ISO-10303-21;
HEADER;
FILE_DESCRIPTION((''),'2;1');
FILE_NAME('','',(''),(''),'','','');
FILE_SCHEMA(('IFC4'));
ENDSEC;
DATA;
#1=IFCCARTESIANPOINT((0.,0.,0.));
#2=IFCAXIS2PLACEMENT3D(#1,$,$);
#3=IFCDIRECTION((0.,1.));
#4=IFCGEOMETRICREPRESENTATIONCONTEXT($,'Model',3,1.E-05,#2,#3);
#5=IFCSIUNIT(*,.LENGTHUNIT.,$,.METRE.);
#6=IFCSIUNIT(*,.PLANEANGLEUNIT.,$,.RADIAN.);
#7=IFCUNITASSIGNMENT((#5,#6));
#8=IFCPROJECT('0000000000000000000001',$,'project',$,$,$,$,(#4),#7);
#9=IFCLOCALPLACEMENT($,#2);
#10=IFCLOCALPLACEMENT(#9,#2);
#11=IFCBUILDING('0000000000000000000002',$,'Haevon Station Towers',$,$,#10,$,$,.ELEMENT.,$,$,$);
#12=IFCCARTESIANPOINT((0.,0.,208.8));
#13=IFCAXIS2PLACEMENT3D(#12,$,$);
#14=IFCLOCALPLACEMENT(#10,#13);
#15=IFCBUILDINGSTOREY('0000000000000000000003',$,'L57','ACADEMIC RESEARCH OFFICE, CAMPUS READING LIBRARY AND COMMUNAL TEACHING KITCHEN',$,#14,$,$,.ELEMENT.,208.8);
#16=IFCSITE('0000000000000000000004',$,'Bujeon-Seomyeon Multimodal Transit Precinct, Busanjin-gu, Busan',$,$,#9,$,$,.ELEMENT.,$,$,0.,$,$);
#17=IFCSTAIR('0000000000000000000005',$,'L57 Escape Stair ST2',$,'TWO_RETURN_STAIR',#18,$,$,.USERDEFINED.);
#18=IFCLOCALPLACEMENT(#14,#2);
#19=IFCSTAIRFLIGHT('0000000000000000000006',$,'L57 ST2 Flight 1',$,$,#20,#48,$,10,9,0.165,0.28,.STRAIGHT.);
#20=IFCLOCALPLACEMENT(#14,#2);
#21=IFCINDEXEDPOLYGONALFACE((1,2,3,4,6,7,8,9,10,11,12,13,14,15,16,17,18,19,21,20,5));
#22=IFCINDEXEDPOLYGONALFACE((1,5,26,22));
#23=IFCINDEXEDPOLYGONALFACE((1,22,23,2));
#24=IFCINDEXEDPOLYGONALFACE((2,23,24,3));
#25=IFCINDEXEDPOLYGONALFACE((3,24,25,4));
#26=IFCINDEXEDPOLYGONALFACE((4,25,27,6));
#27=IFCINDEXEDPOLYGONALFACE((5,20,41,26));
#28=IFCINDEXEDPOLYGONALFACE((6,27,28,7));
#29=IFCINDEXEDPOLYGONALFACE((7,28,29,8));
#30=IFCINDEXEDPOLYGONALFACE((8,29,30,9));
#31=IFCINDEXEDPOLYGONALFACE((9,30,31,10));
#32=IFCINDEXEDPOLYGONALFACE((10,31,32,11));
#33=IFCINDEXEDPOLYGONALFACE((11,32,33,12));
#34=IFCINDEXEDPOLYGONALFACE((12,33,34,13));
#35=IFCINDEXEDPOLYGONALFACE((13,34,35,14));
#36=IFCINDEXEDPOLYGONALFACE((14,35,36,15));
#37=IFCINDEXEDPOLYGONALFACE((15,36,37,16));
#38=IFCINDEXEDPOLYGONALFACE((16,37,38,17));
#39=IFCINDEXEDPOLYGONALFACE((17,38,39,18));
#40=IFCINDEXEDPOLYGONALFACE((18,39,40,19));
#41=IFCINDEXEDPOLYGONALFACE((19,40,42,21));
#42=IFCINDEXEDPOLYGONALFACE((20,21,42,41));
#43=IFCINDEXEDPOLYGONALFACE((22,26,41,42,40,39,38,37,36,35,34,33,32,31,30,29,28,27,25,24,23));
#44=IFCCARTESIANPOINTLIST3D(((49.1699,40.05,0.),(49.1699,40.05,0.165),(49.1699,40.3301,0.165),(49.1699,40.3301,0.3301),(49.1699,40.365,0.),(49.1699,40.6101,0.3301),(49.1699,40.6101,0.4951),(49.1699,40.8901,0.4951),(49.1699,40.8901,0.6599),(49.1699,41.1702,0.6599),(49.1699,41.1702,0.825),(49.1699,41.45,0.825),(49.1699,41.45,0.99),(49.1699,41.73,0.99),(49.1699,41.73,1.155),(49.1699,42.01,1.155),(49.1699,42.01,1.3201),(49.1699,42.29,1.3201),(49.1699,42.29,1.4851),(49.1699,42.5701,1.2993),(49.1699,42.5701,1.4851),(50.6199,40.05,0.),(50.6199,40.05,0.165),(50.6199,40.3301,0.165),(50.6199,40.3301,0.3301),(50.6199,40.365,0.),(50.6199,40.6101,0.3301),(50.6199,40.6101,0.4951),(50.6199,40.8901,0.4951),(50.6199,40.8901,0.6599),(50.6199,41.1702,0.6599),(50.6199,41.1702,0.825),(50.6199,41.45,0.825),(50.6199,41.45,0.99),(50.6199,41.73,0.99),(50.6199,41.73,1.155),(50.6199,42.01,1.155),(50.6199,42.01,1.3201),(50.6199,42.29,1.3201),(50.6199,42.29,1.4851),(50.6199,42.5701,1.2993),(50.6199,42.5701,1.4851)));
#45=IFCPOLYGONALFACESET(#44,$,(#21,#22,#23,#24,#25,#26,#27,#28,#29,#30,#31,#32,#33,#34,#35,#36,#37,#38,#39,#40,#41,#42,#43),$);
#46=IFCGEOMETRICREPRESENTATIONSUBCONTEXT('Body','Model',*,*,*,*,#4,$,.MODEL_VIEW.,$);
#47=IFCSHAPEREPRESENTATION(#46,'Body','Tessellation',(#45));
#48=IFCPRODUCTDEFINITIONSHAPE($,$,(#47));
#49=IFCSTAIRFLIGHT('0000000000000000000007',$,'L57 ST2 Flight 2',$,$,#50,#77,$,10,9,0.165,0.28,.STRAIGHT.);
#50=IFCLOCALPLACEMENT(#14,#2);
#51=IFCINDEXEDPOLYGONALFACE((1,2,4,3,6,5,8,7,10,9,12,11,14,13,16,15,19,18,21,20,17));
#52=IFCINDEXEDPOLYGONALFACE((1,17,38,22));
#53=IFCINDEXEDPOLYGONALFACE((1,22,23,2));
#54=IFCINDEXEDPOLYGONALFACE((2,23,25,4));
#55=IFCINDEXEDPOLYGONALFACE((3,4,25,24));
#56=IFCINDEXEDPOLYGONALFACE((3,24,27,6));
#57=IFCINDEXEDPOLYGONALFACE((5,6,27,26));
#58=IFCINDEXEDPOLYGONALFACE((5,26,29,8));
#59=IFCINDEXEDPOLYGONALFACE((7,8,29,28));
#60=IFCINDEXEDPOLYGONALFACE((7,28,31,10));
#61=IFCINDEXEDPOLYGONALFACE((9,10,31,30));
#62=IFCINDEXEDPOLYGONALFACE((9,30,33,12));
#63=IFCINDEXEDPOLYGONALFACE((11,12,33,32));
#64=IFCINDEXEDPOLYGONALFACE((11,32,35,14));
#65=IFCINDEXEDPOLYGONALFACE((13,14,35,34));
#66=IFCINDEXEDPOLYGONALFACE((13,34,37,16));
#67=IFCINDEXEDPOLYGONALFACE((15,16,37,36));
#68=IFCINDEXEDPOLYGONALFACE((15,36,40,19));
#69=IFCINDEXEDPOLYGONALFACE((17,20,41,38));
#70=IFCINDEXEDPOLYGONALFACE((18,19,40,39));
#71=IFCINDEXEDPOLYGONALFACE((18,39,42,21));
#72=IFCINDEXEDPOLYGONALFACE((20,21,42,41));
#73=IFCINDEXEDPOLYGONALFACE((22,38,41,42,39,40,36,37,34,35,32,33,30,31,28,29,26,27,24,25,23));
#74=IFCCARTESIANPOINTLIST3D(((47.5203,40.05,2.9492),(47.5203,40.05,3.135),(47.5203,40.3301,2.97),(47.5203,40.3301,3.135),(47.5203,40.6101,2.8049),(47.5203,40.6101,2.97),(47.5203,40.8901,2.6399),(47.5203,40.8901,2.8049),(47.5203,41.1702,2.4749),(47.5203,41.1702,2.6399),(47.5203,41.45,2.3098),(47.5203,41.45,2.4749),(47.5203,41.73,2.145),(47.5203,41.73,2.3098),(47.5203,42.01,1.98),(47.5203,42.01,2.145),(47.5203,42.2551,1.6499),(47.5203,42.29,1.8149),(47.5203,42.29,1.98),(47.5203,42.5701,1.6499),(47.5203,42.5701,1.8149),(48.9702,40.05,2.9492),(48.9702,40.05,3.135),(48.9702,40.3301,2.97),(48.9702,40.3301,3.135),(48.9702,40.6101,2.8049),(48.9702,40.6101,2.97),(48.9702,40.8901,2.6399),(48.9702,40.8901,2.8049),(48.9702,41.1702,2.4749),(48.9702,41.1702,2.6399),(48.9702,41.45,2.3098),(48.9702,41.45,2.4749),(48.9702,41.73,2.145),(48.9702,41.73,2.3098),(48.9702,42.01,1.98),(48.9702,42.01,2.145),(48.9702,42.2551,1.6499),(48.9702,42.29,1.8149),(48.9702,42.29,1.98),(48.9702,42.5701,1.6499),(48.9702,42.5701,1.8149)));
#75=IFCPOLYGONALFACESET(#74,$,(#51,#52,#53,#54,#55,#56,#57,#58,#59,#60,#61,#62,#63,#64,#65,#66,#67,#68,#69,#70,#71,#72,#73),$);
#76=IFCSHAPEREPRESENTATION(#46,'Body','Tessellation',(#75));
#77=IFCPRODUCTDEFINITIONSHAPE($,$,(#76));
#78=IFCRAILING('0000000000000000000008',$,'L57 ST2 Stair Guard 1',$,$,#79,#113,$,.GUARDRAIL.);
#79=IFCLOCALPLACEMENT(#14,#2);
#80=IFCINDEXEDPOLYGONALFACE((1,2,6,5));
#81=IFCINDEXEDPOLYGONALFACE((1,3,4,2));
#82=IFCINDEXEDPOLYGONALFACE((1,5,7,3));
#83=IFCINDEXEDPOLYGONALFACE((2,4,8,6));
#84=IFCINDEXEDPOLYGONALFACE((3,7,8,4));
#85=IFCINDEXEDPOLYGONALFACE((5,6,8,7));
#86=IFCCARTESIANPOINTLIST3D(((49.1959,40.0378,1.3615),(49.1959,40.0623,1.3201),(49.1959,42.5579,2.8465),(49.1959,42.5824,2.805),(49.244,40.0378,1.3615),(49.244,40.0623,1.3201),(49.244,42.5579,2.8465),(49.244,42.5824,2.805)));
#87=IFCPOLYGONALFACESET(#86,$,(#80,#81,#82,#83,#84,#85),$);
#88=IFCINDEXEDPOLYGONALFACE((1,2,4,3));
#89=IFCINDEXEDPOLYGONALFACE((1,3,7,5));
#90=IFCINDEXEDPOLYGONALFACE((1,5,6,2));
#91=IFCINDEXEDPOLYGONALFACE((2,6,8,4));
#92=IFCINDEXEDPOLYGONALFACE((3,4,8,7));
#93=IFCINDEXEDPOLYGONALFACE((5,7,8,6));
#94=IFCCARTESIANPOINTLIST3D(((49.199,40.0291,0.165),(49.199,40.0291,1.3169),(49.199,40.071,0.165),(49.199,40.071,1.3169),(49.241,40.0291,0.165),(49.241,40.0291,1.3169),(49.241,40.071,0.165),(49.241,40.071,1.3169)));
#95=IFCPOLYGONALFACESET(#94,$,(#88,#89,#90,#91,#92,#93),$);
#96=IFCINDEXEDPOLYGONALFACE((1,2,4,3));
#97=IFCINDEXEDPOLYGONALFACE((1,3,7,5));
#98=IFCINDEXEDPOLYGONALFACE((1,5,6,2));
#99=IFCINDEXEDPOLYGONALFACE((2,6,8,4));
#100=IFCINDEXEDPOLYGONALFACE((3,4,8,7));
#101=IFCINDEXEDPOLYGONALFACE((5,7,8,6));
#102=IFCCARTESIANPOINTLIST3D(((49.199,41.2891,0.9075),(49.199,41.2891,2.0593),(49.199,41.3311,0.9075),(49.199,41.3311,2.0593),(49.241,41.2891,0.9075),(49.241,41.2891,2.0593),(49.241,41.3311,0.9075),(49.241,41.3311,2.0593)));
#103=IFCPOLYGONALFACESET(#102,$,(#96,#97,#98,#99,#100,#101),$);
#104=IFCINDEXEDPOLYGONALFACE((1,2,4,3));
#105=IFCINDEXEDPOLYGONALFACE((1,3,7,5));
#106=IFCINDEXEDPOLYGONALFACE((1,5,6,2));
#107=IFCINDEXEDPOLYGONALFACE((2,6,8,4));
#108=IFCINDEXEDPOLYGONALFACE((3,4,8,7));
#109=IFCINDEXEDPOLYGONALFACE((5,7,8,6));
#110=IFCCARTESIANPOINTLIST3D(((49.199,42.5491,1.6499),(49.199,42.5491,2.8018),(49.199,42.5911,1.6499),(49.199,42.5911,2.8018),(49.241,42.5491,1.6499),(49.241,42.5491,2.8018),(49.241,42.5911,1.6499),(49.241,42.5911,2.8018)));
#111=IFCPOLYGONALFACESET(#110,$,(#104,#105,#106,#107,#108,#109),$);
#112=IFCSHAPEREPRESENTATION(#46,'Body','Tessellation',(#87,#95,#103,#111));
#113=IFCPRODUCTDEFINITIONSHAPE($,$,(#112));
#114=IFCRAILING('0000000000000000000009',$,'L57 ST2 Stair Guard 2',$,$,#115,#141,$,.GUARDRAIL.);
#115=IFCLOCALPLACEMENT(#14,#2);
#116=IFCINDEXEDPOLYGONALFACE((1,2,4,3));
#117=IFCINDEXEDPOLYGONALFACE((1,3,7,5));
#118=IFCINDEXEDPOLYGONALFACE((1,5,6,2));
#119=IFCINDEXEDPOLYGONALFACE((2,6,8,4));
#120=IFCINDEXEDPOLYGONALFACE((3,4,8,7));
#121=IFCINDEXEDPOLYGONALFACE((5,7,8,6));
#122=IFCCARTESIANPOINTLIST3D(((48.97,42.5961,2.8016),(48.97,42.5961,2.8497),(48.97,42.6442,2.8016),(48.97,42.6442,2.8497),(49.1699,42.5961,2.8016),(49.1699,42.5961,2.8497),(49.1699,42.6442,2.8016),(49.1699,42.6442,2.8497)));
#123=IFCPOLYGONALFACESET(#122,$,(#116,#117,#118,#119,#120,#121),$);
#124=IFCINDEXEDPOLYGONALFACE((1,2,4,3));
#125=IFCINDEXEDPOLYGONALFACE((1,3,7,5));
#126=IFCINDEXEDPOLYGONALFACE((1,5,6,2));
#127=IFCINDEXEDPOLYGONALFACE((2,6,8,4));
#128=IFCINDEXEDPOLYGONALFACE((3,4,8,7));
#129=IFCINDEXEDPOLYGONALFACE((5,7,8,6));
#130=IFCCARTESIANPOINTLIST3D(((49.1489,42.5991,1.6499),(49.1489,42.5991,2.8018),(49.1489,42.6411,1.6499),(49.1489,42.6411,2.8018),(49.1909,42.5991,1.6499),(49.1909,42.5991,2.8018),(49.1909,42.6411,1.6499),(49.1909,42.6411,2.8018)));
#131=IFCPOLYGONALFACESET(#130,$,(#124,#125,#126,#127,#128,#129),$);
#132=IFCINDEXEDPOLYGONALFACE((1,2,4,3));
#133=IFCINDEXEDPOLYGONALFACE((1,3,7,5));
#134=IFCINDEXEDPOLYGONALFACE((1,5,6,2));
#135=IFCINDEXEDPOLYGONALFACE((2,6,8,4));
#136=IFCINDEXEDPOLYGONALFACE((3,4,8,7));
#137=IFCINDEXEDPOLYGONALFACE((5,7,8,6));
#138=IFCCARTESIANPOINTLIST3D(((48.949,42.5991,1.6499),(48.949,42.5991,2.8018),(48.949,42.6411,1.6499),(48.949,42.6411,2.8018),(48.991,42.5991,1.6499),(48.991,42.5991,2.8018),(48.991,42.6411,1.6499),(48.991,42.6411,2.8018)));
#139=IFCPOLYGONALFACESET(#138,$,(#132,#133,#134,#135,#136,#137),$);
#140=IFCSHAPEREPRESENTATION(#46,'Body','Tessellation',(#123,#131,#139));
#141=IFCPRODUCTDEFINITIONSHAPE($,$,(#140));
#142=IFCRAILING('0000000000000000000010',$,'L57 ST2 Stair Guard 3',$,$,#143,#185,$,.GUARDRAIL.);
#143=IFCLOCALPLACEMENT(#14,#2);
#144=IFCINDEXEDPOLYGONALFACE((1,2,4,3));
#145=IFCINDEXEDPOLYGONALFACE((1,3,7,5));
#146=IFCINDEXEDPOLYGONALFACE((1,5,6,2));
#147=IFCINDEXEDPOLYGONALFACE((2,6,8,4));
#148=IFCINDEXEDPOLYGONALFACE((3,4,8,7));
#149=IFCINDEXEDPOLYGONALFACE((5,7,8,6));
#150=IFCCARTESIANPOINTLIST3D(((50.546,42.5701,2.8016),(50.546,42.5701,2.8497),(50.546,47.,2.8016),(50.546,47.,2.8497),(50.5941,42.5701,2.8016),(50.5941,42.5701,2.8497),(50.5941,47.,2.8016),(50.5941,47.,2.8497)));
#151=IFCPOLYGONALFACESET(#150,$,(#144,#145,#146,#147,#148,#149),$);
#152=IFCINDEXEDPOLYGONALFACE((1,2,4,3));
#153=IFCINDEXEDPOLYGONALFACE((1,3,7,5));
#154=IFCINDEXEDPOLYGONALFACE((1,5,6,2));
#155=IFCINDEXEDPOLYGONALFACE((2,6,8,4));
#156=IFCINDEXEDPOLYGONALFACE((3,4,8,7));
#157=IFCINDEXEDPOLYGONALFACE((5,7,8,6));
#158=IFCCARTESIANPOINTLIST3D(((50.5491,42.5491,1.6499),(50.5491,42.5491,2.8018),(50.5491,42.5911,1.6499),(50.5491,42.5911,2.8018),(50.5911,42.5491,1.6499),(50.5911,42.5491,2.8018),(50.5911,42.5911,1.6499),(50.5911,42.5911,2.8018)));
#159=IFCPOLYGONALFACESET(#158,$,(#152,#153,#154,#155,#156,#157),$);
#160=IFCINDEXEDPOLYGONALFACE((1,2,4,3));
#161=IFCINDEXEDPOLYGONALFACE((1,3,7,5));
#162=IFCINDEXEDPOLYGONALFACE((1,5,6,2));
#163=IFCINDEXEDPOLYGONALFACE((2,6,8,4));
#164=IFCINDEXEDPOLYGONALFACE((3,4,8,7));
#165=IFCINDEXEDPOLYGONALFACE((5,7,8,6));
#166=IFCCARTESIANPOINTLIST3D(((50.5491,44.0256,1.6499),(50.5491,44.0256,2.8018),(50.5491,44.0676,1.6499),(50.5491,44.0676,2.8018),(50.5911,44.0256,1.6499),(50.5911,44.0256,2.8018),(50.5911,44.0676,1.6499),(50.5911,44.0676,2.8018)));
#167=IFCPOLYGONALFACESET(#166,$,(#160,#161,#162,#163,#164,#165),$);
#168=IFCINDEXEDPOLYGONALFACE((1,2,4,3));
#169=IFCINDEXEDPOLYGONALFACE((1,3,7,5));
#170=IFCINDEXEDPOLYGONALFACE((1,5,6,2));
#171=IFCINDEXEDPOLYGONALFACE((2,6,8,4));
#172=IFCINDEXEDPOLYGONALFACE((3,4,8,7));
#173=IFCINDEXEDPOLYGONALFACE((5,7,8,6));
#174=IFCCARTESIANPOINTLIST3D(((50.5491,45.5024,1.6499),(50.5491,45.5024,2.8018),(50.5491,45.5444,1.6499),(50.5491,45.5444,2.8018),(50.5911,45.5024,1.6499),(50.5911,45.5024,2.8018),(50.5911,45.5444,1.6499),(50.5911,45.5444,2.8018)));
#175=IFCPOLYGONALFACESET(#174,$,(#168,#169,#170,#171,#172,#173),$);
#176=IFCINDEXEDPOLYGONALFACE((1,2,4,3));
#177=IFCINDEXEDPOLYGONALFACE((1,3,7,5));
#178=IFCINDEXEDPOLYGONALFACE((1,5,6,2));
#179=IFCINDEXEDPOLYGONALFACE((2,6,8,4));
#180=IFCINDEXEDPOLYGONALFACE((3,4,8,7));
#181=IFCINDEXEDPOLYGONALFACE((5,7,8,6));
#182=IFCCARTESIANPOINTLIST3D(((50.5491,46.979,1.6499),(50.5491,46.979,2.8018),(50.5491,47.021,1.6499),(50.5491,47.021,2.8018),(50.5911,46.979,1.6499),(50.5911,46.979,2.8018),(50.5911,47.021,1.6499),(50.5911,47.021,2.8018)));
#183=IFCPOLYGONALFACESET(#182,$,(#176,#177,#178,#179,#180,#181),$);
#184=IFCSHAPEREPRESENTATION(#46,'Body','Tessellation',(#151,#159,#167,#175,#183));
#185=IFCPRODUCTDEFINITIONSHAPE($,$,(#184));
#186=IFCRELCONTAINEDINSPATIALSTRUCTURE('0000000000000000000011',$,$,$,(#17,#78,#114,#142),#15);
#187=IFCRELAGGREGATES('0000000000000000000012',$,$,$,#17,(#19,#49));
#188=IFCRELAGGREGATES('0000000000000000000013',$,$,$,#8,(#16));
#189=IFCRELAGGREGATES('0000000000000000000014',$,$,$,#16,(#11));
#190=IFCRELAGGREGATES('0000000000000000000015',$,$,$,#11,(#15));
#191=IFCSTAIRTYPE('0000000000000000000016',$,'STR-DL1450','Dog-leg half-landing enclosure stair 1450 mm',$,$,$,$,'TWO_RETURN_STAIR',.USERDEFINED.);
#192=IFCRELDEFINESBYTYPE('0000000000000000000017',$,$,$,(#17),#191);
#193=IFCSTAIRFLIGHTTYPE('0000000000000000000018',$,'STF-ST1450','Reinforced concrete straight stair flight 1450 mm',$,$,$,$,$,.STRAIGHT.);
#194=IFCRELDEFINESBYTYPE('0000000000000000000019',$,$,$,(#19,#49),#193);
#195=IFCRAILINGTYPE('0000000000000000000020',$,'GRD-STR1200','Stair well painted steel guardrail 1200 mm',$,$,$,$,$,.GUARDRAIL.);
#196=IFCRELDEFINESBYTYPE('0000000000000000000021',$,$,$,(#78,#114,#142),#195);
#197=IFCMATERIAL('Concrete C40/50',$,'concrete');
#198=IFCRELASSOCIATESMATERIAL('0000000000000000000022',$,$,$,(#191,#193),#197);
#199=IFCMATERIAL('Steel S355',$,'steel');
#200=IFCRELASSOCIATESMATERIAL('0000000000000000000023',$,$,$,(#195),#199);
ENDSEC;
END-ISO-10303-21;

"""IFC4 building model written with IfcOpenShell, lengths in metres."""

from ifc_helpers import new_model, si_unit, direction, frame, origin, origin_2d, place, context, subcontext, project, spatial, polyline, rectangle, outline, extrude, material, type_object, element, aggregate, save


model = new_model("IFC4")

# Units and contexts
model_context = context("Model", 3, precision=1e-05, world=origin(), true_north=direction((0.0, 1.0)))
body_context = subcontext(model_context, "Body", "Model", "MODEL_VIEW")
ifc_project = project(units=[si_unit("LENGTHUNIT", "METRE"), si_unit("PLANEANGLEUNIT", "RADIAN")], contexts=[model_context])

# Site, building, storey
site_placement = place(None, origin())
site = spatial("IfcSite", under=ifc_project, at=site_placement, Name="Bujeon-Seomyeon Multimodal Transit Precinct, Busanjin-gu, Busan", CompositionType="ELEMENT", RefElevation=0.0)
building_placement = place(site_placement, origin())
building = spatial("IfcBuilding", under=site, at=building_placement, Name="Haevon Station Towers", CompositionType="ELEMENT")
storey_placement = place(building_placement, frame((0.0, 0.0, 208.8)))
storey = spatial("IfcBuildingStorey", under=building, at=storey_placement, Name="L57", Description="ACADEMIC RESEARCH OFFICE, CAMPUS READING LIBRARY AND COMMUNAL TEACHING KITCHEN", CompositionType="ELEMENT", Elevation=208.8)

# Shared definitions
ifc_material_1 = material(Name="Steel S355", Category="steel")

# Shared definitions
ifc_material_2 = material(Name="Concrete C40/50", Category="concrete")

# Stair, stair flights
stair_type = type_object("IfcStairType", Name="STR-DL1450", Description="Dog-leg half-landing enclosure stair 1450 mm", ElementType="TWO_RETURN_STAIR", PredefinedType="USERDEFINED", material=ifc_material_2)
stair_placement = place(storey_placement, origin())
stair = element("IfcStair", 1, at=stair_placement, inside=storey, type_object=stair_type, Name="L57 Escape Stair ST2", ObjectType="TWO_RETURN_STAIR", PredefinedType="USERDEFINED")
stair_flight_type = type_object("IfcStairFlightType", Name="STF-ST1450", Description="Reinforced concrete straight stair flight 1450 mm", PredefinedType="STRAIGHT", material=ifc_material_2)
stair_flight_1_placement = place(storey_placement, frame((49.895, 40.05, 0.0), z_axis=(0.0, 0.0, 1.0), x_axis=(0.0, 1.0, 0.0)))
stair_flight_1 = element("IfcStairFlight", 2, at=stair_flight_1_placement, type_object=stair_flight_type, Name="L57 ST2 Flight 1", NumberOfRisers=10, NumberOfTreads=9, PredefinedType="STRAIGHT", RiserHeight=0.165, TreadLength=0.28, context=body_context, shape_type="SweptSolid", body=[
    extrude(outline(polyline([(0.0, 0.0), (0.0, 0.165), (0.28, 0.165), (0.28, 0.3301), (0.5601, 0.3301), (0.5601, 0.4951), (0.8401, 0.4951), (0.8401, 0.6599), (1.1201, 0.6599), (1.1201, 0.825), (1.3999, 0.825), (1.3999, 0.99), (1.6799, 0.99), (1.6799, 1.155), (1.96, 1.155), (1.96, 1.3201), (2.24, 1.3201), (2.24, 1.4851), (2.52, 1.4851), (2.52, 1.6499), (2.52, 1.2993), (0.3149, 0.0), (0.0, 0.0)])), frame((0.0, 0.7251, 0.0), z_axis=(0.0, -1.0, 0.0), x_axis=(1.0, 0.0, 0.0)), (0.0, 0.0, 1.0), 1.45),
])
stair_flight_2_placement = place(storey_placement, frame((48.2451, 42.5701, 1.6499), z_axis=(0.0, 0.0, 1.0), x_axis=(0.0, -1.0, 0.0)))
stair_flight_2 = element("IfcStairFlight", 3, at=stair_flight_2_placement, type_object=stair_flight_type, Name="L57 ST2 Flight 2", NumberOfRisers=10, NumberOfTreads=9, PredefinedType="STRAIGHT", RiserHeight=0.165, TreadLength=0.28, context=body_context, shape_type="SweptSolid", body=[
    extrude(outline(polyline([(0.0, 0.0), (0.0, 0.165), (0.28, 0.165), (0.28, 0.3301), (0.5601, 0.3301), (0.5601, 0.4951), (0.8401, 0.4951), (0.8401, 0.6599), (1.1201, 0.6599), (1.1201, 0.825), (1.3999, 0.825), (1.3999, 0.99), (1.6799, 0.99), (1.6799, 1.155), (1.96, 1.155), (1.96, 1.3201), (2.24, 1.3201), (2.24, 1.4851), (2.52, 1.4851), (2.52, 1.6499), (2.52, 1.2993), (0.3149, 0.0), (0.0, 0.0)])), frame((0.0, 0.7251, 0.0), z_axis=(0.0, -1.0, 0.0), x_axis=(1.0, 0.0, 0.0)), (0.0, 0.0, 1.0), 1.45),
])
aggregate(stair, [stair_flight_1, stair_flight_2])

# Railings
railing_type_1 = type_object("IfcRailingType", Name="GRD-STR1200", Description="Stair well painted steel guardrail 1200 mm", PredefinedType="GUARDRAIL", material=ifc_material_1)
railing_1_placement = place(storey_placement, frame((49.22, 40.05, 0.165)))
element("IfcRailing", 4, at=railing_1_placement, inside=storey, type_object=railing_type_1, Name="L57 ST2 Stair Guard 1", PredefinedType="GUARDRAIL", context=body_context, shape_type="SweptSolid", body=[
    extrude(rectangle(XDim=0.0481, YDim=0.0481, at=origin_2d()), frame((0.0, 0.0, 1.1758), z_axis=(0.0, 0.861561, 0.507655), x_axis=(-1.0, 0.0, 0.0)), (0.0, 0.0, 1.0), 2.925),
    extrude(rectangle(XDim=0.042, YDim=0.042, at=origin_2d()), origin(), (0.0, 0.0, 1.0), 1.1519),
    extrude(rectangle(XDim=0.042, YDim=0.042, at=origin_2d()), frame((0.0, 1.26, 0.7424)), (0.0, 0.0, 1.0), 1.1519),
    extrude(rectangle(XDim=0.042, YDim=0.042, at=origin_2d()), frame((0.0, 2.52, 1.4849)), (0.0, 0.0, 1.0), 1.1519),
])
railing_2_placement = place(storey_placement, frame((49.1699, 42.6201, 1.6499)))
element("IfcRailing", 5, at=railing_2_placement, inside=storey, type_object=railing_type_1, Name="L57 ST2 Stair Guard 2", PredefinedType="GUARDRAIL", context=body_context, shape_type="SweptSolid", body=[
    extrude(rectangle(XDim=0.0481, YDim=0.0481, at=origin_2d()), frame((0.0, 0.0, 1.1758), z_axis=(-1.0, 0.0, 0.0), x_axis=(0.0, -1.0, 0.0)), (0.0, 0.0, 1.0), 0.2),
    extrude(rectangle(XDim=0.042, YDim=0.042, at=origin_2d()), origin(), (0.0, 0.0, 1.0), 1.1519),
    extrude(rectangle(XDim=0.042, YDim=0.042, at=origin_2d()), frame((-0.2, 0.0, 0.0)), (0.0, 0.0, 1.0), 1.1519),
])
for number, where, name in (
    (6, (50.5701, 42.5701, 1.6499), "L57 ST2 Stair Guard 3"),
):
    element("IfcRailing", number, at=place(storey_placement, frame(where)), inside=storey, type_object=railing_type_1, Name=name, PredefinedType="GUARDRAIL", context=body_context, shape_type="SweptSolid", body=[
        extrude(rectangle(XDim=0.0481, YDim=0.0481, at=origin_2d()), frame((0.0, 0.0, 1.1758), z_axis=(0.0, 1.0, 0.0), x_axis=(-1.0, 0.0, 0.0)), (0.0, 0.0, 1.0), 4.4299),
        extrude(rectangle(XDim=0.042, YDim=0.042, at=origin_2d()), origin(), (0.0, 0.0, 1.0), 1.1519),
        extrude(rectangle(XDim=0.042, YDim=0.042, at=origin_2d()), frame((0.0, 1.4766, 0.0)), (0.0, 0.0, 1.0), 1.1519),
        extrude(rectangle(XDim=0.042, YDim=0.042, at=origin_2d()), frame((0.0, 2.9534, 0.0)), (0.0, 0.0, 1.0), 1.1519),
        extrude(rectangle(XDim=0.042, YDim=0.042, at=origin_2d()), frame((0.0, 4.4299, 0.0)), (0.0, 0.0, 1.0), 1.1519),
    ])

save(model, "model.ifc")
